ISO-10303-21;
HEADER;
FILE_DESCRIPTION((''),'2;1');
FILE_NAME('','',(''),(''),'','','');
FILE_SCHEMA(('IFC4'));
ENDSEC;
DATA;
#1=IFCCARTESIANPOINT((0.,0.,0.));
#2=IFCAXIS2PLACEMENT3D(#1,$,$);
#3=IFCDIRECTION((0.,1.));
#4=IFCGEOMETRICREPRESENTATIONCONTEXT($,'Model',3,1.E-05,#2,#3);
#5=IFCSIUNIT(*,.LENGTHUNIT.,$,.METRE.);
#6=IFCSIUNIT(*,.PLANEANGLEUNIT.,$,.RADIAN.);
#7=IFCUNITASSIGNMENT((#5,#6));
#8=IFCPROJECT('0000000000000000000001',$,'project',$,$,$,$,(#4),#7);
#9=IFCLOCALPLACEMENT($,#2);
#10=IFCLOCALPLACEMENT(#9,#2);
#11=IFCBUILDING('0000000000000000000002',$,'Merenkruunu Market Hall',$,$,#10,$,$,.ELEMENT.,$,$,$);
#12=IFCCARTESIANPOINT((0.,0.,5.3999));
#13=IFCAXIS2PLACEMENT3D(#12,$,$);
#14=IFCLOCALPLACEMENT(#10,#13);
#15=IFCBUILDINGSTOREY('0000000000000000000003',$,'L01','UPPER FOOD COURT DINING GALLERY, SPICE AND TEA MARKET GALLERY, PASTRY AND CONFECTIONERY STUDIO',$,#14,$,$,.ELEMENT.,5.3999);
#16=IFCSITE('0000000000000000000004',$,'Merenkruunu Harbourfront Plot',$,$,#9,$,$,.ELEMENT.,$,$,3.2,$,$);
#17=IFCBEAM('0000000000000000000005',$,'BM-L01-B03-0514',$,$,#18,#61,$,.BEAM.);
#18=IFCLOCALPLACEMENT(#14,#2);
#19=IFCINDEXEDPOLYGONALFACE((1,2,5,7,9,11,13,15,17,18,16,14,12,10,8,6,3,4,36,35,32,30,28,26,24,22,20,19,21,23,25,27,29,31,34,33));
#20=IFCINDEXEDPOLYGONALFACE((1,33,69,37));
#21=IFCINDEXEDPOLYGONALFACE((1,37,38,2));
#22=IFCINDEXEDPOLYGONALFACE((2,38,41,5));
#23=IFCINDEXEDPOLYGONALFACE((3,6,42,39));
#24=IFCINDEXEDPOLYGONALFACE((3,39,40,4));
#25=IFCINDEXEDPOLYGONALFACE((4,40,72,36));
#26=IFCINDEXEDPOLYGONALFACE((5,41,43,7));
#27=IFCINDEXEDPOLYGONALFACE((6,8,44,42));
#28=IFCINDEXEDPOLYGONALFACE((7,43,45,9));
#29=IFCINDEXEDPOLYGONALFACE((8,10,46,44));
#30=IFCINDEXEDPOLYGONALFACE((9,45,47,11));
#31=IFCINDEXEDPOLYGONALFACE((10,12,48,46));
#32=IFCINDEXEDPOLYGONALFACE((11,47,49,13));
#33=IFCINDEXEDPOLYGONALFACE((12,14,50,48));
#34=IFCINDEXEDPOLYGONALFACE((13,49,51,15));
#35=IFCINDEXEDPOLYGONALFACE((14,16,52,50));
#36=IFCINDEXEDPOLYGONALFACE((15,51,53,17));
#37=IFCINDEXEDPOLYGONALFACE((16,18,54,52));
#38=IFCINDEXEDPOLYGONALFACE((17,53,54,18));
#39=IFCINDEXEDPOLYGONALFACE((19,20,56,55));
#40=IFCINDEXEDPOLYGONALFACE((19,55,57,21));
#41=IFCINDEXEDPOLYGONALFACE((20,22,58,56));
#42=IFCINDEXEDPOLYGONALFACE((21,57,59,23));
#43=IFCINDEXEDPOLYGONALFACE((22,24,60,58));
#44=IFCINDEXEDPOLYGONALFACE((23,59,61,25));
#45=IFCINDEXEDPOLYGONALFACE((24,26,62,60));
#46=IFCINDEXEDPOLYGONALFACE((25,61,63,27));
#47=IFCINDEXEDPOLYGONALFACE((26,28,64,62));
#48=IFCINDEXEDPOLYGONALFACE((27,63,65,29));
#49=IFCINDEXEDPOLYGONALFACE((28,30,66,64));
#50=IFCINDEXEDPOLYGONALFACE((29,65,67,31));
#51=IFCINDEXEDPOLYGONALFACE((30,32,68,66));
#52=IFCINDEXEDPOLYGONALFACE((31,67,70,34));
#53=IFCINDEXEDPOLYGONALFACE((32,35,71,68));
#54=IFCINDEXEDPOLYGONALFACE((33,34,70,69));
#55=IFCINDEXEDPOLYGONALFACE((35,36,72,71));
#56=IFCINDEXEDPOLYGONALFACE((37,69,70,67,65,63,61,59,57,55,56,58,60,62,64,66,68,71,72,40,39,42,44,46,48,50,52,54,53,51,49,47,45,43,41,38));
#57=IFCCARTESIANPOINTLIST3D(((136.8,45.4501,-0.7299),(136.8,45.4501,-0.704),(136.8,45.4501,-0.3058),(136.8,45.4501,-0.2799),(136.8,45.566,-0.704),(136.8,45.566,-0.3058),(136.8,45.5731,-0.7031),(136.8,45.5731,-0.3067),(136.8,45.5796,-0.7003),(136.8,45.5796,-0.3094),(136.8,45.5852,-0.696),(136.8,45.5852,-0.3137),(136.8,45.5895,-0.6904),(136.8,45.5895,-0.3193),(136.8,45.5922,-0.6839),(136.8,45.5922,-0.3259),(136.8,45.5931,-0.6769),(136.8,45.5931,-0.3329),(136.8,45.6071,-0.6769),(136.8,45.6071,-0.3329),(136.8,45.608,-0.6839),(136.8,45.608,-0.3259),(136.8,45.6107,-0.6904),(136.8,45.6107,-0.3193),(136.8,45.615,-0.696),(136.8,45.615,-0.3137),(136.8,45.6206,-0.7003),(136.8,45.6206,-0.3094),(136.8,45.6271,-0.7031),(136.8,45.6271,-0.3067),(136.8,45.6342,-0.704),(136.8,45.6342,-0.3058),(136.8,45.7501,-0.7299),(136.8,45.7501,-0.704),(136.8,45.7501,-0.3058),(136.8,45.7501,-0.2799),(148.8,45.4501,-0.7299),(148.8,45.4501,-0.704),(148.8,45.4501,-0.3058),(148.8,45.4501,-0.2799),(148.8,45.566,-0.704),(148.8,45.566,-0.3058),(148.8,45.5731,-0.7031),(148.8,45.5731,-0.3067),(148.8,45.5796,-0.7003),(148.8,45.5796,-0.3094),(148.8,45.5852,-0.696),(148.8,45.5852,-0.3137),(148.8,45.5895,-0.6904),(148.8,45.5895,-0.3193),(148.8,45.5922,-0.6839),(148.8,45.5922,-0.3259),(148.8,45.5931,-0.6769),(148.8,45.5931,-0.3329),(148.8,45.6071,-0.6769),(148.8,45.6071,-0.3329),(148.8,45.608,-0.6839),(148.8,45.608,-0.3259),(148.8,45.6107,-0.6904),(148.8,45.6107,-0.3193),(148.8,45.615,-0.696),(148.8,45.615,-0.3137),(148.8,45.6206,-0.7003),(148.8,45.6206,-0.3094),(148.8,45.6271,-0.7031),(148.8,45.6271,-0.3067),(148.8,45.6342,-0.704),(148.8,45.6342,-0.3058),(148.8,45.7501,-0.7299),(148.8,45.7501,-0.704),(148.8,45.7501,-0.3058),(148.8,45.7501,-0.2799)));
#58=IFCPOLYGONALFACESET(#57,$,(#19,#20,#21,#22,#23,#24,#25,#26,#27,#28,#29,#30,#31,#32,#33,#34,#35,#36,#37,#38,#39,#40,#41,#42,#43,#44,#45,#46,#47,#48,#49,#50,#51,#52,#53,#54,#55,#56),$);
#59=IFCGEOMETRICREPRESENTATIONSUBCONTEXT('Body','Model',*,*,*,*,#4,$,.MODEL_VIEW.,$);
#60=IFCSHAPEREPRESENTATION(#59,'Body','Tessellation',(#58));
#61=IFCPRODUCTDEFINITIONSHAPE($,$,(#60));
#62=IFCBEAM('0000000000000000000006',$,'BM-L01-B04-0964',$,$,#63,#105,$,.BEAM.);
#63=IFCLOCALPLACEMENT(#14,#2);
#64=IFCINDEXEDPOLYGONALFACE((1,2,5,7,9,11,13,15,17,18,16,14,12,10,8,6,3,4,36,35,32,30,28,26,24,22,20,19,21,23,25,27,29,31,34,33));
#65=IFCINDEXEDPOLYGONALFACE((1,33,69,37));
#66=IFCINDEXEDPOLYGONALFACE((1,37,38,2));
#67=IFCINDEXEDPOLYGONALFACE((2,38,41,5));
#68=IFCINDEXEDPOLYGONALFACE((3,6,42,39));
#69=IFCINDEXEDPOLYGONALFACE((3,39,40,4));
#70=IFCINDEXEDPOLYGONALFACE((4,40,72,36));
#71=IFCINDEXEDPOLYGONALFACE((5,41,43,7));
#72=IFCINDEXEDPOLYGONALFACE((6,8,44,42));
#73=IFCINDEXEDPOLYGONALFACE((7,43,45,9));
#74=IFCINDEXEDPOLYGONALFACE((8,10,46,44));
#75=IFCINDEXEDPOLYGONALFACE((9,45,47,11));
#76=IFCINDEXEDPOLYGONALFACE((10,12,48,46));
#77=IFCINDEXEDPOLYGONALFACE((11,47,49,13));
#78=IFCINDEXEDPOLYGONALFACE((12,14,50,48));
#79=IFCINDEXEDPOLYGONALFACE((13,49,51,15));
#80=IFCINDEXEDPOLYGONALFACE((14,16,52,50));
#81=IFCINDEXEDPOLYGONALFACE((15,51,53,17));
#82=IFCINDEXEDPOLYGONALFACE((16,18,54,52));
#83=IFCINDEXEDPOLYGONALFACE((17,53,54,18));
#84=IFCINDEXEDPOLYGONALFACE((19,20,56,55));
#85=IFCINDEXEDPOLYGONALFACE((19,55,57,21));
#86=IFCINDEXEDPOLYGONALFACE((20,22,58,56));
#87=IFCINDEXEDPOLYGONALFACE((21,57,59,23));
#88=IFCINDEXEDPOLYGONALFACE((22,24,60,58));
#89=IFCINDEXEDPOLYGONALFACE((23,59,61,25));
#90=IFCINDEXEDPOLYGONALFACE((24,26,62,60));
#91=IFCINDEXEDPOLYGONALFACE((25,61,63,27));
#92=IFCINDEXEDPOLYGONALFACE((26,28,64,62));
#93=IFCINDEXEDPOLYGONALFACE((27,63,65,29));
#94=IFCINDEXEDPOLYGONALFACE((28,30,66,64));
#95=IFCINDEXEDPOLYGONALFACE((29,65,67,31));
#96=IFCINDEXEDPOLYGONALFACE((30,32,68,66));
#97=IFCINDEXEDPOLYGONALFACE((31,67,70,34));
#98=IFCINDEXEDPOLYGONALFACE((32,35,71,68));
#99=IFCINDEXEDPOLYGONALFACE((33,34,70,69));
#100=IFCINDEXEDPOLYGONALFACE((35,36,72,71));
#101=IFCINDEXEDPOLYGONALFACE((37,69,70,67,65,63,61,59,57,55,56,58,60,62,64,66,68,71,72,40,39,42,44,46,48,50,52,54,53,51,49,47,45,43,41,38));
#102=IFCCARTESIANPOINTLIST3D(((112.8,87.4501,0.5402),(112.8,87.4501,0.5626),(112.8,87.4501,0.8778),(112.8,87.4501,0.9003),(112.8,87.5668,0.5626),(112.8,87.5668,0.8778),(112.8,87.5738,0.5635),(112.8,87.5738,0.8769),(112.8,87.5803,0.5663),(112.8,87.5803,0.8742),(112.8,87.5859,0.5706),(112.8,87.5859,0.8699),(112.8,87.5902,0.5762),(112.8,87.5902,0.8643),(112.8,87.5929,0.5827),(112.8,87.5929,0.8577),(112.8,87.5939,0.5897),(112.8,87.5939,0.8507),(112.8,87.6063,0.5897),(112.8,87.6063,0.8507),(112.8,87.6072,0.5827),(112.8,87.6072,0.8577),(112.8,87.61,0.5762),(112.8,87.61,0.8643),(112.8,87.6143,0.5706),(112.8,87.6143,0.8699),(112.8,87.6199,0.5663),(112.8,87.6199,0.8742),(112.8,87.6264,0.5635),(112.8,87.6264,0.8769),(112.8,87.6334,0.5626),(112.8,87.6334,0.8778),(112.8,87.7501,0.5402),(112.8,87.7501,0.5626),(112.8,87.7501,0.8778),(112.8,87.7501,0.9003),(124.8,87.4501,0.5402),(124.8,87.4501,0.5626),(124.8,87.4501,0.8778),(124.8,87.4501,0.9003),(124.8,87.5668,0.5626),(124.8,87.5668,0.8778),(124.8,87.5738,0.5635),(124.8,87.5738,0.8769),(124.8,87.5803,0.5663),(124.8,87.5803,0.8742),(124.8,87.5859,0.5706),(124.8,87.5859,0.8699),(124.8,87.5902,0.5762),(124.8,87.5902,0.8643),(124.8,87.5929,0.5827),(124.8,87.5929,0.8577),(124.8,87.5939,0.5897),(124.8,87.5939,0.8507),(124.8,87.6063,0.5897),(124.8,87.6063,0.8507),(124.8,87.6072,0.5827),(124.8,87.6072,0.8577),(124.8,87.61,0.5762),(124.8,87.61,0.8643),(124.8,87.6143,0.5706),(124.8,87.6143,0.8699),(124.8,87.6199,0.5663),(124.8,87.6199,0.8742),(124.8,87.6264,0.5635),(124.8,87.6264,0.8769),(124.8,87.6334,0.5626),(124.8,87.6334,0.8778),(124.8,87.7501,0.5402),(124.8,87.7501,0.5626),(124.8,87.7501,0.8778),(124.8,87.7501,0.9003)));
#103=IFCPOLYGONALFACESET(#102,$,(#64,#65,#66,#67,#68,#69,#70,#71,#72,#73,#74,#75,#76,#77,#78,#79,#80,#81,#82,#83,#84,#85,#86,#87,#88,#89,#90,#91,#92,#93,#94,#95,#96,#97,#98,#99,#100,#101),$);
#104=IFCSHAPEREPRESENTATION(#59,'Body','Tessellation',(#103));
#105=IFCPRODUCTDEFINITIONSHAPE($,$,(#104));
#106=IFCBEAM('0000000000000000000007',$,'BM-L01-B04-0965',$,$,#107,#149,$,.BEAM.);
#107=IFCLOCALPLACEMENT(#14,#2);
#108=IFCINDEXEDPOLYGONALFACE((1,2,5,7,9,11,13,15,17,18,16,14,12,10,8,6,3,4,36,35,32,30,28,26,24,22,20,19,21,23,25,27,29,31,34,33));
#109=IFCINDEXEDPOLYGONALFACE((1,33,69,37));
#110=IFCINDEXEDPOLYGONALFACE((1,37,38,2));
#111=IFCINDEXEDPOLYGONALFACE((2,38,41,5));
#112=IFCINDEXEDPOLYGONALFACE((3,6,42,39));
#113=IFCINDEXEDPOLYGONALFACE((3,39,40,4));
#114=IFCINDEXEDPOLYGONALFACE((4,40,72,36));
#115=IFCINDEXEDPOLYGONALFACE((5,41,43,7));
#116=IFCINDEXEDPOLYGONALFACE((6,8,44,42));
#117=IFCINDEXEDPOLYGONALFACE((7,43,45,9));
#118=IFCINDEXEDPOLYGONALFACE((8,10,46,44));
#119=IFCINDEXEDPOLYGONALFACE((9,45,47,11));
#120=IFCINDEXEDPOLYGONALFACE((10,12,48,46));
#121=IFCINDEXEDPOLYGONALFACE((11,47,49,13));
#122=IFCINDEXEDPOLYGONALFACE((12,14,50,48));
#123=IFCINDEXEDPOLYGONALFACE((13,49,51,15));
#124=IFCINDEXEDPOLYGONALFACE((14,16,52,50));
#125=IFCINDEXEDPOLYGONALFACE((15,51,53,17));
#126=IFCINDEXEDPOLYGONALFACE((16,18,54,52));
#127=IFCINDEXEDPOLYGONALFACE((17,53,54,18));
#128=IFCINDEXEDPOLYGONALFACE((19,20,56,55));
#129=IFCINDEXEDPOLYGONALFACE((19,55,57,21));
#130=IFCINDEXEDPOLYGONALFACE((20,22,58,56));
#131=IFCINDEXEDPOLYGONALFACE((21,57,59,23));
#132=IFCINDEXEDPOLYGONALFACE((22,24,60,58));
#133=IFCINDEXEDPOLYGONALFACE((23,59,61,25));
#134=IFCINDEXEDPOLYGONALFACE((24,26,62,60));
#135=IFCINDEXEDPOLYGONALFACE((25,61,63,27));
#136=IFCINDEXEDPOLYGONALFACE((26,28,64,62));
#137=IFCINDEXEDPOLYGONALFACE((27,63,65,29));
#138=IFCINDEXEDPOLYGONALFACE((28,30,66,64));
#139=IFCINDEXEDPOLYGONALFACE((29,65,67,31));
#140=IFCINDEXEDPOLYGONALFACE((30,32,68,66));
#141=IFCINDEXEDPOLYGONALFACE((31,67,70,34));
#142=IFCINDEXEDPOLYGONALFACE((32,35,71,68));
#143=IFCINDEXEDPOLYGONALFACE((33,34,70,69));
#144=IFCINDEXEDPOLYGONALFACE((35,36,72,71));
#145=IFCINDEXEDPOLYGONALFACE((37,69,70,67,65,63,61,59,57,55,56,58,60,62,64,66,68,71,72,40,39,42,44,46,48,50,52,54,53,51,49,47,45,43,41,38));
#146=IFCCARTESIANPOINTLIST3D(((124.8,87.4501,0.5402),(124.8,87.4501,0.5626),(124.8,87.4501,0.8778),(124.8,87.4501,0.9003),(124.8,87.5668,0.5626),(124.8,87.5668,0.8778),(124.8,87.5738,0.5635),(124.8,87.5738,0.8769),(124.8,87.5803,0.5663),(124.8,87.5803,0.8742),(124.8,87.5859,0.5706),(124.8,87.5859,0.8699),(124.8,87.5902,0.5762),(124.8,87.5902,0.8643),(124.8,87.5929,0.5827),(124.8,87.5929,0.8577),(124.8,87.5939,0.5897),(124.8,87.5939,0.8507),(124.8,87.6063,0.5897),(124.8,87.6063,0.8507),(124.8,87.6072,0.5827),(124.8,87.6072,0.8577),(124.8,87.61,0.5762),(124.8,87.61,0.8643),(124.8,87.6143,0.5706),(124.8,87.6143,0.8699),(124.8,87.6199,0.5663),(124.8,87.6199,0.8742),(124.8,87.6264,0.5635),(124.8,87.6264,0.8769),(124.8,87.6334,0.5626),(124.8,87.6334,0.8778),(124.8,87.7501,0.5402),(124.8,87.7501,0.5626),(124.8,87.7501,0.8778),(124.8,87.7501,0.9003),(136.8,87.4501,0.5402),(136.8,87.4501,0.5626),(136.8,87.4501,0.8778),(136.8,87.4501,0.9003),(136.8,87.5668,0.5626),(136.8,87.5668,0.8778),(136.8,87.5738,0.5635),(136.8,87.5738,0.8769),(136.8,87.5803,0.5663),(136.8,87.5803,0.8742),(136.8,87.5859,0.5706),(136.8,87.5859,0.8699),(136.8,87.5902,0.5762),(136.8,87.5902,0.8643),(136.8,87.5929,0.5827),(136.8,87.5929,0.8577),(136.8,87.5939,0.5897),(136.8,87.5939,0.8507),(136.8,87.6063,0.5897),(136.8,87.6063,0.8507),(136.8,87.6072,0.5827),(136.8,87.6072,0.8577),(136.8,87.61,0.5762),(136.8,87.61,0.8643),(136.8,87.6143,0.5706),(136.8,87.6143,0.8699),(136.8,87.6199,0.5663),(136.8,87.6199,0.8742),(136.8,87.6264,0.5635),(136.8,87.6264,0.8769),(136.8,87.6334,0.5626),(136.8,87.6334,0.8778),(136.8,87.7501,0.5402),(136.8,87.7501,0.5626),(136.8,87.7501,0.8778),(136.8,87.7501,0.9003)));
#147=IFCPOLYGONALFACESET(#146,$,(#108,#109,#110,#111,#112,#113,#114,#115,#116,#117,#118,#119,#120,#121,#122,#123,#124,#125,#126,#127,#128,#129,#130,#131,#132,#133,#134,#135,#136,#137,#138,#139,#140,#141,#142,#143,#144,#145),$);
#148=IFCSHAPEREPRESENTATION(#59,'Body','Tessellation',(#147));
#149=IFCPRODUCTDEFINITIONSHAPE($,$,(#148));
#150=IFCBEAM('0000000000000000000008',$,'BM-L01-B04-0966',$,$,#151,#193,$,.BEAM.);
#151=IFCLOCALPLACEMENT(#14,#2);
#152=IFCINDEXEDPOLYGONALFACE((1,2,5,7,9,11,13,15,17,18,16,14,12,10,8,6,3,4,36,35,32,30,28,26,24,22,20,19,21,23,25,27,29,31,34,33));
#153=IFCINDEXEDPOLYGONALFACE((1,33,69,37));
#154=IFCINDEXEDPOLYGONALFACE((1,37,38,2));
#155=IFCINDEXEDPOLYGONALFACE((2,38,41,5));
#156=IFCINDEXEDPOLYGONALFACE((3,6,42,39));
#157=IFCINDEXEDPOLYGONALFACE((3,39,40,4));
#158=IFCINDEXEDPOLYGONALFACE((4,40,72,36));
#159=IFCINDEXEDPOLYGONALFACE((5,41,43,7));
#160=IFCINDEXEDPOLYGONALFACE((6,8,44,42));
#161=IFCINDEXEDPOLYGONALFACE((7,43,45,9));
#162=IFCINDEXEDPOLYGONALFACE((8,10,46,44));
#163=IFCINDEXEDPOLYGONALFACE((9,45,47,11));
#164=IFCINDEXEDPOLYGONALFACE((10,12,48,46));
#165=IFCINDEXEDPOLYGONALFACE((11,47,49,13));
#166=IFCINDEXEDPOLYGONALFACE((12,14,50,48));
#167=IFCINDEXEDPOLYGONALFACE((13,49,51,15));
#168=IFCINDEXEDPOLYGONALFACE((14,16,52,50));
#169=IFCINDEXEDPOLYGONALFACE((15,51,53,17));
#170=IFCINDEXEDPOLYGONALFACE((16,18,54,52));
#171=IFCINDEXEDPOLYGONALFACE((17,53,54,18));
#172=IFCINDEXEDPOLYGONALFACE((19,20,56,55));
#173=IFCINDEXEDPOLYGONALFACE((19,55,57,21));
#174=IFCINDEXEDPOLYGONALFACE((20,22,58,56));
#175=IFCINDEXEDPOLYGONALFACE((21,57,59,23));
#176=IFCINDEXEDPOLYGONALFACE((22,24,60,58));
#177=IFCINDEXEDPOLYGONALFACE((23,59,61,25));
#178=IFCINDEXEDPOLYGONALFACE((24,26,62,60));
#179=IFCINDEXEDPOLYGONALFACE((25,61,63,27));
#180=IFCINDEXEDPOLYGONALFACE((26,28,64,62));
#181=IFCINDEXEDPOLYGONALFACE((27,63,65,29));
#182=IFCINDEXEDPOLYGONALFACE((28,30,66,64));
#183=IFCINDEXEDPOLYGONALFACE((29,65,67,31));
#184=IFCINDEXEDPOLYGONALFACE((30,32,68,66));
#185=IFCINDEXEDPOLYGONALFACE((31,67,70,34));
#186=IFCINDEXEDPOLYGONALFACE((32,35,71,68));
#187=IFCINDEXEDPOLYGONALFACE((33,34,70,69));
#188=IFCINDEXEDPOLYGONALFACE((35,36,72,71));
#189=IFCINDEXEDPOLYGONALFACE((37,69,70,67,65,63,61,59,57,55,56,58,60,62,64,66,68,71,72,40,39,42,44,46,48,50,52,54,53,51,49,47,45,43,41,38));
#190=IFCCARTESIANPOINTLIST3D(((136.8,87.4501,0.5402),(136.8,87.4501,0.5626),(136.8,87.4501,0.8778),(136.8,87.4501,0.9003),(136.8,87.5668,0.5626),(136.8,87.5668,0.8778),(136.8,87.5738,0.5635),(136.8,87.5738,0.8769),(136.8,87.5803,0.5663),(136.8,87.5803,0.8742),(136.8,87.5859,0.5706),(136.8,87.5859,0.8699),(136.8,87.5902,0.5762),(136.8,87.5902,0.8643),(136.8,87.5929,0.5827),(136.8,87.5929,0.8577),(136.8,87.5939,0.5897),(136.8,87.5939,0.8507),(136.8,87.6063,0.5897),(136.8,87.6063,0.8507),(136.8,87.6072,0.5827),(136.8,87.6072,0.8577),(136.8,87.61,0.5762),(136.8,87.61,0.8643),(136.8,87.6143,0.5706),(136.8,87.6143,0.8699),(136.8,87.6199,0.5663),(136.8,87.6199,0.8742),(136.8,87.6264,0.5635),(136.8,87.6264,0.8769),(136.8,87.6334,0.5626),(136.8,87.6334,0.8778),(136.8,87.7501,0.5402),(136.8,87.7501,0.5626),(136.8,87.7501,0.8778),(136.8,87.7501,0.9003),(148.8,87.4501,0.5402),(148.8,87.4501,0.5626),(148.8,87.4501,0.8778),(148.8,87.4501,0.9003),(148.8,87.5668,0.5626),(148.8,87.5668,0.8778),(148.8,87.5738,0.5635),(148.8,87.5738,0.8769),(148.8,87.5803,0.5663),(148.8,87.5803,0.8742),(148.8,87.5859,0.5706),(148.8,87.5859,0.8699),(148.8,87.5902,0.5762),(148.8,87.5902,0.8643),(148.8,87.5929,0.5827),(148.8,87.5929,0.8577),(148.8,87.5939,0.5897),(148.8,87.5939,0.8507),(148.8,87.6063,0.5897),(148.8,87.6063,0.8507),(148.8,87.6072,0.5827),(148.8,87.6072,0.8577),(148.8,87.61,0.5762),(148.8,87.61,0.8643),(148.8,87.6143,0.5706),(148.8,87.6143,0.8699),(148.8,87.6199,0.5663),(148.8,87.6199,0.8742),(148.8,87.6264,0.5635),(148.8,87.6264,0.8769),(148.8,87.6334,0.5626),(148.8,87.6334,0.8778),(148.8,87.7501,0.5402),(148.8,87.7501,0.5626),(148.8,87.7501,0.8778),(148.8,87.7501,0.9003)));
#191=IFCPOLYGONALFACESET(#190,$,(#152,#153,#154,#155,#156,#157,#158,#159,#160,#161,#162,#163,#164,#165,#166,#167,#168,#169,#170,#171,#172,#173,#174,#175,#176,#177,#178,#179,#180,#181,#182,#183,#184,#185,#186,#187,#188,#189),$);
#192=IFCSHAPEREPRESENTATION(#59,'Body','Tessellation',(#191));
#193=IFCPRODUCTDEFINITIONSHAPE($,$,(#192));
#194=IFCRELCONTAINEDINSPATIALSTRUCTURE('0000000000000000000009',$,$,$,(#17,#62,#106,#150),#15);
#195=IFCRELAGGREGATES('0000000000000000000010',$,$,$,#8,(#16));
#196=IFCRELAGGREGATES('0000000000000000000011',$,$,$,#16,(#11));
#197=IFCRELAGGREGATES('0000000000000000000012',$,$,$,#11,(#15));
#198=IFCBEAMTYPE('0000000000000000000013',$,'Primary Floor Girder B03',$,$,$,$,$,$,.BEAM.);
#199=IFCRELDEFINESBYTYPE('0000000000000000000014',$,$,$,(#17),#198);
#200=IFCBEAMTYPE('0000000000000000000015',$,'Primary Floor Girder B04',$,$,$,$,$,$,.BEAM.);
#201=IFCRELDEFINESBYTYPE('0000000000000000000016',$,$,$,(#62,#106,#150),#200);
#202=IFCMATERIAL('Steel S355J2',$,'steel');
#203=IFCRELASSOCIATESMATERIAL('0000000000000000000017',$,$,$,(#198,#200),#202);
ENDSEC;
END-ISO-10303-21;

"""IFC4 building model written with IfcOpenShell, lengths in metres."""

from ifc_helpers import new_model, si_unit, direction, frame, origin, origin_2d, place, context, subcontext, project, spatial, i_section, extrude, material, material_profile, profile_set, type_object, element, save


model = new_model("IFC4")

# Units and contexts
model_context = context("Model", 3, precision=1e-05, world=origin(), true_north=direction((0.0, 1.0)))
body_context = subcontext(model_context, "Body", "Model", "MODEL_VIEW")
ifc_project = project(units=[si_unit("LENGTHUNIT", "METRE"), si_unit("PLANEANGLEUNIT", "RADIAN")], contexts=[model_context])

# Site, building, storey
site_placement = place(None, origin())
site = spatial("IfcSite", under=ifc_project, at=site_placement, Name="Merenkruunu Harbourfront Plot", CompositionType="ELEMENT", RefElevation=3.2)
building_placement = place(site_placement, origin())
building = spatial("IfcBuilding", under=site, at=building_placement, Name="Merenkruunu Market Hall", CompositionType="ELEMENT")
storey_placement = place(building_placement, frame((0.0, 0.0, 5.3999)))
storey = spatial("IfcBuildingStorey", under=building, at=storey_placement, Name="L01", Description="UPPER FOOD COURT DINING GALLERY, SPICE AND TEA MARKET GALLERY, PASTRY AND CONFECTIONERY STUDIO", CompositionType="ELEMENT", Elevation=5.3999)

# Shared definitions
ifc_material_1 = material(Name="Steel S355J2", Category="steel")

# Beams
ifc_material_profile_1 = material_profile(ifc_material_1, i_section(OverallWidth=0.3, OverallDepth=0.45, WebThickness=0.0139, FlangeThickness=0.0259, FilletRadius=0.0271, at=origin_2d()), Name="HEB 450")
ifc_profile_set_1 = profile_set([ifc_material_profile_1], Name="Steel S355J2")
beam_type_1 = type_object("IfcBeamType", Name="Primary Floor Girder B03", PredefinedType="BEAM", material=ifc_profile_set_1)
beam_placement = place(storey_placement, frame((136.8, 45.6001, -0.5049), z_axis=(1.0, 0.0, 0.0), x_axis=(0.0, 1.0, 0.0)))
element("IfcBeam", 1, at=beam_placement, inside=storey, type_object=beam_type_1, Name="BM-L01-B03-0514", PredefinedType="BEAM", context=body_context, shape_type="SweptSolid", body=[
    extrude(i_section(OverallWidth=0.3, OverallDepth=0.45, WebThickness=0.0139, FlangeThickness=0.0259, FilletRadius=0.0271, at=origin_2d()), origin(), (0.0, 0.0, 1.0), 12.0),
])
ifc_material_profile_2 = material_profile(ifc_material_1, i_section(OverallWidth=0.3, OverallDepth=0.3601, WebThickness=0.0125, FlangeThickness=0.0225, FilletRadius=0.0271, at=origin_2d()), Name="HEB 360")
ifc_profile_set_2 = profile_set([ifc_material_profile_2], Name="Steel S355J2")
beam_type_2 = type_object("IfcBeamType", Name="Primary Floor Girder B04", PredefinedType="BEAM", material=ifc_profile_set_2)
for number, where, z_axis, x_axis, name in (
    (2, (112.8, 87.6001, 0.7202), (1.0, 0.0, 0.0), (0.0, 1.0, 0.0), "BM-L01-B04-0964"),
    (3, (124.8, 87.6001, 0.7202), (1.0, 0.0, 0.0), (0.0, 1.0, 0.0), "BM-L01-B04-0965"),
    (4, (136.8, 87.6001, 0.7202), (1.0, 0.0, 0.0), (0.0, 1.0, 0.0), "BM-L01-B04-0966"),
):
    element("IfcBeam", number, at=place(storey_placement, frame(where, z_axis=z_axis, x_axis=x_axis)), inside=storey, type_object=beam_type_2, Name=name, PredefinedType="BEAM", context=body_context, shape_type="SweptSolid", body=[
        extrude(i_section(OverallWidth=0.3, OverallDepth=0.3601, WebThickness=0.0125, FlangeThickness=0.0225, FilletRadius=0.0271, at=origin_2d()), origin(), (0.0, 0.0, 1.0), 12.0),
    ])

save(model, "model.ifc")
